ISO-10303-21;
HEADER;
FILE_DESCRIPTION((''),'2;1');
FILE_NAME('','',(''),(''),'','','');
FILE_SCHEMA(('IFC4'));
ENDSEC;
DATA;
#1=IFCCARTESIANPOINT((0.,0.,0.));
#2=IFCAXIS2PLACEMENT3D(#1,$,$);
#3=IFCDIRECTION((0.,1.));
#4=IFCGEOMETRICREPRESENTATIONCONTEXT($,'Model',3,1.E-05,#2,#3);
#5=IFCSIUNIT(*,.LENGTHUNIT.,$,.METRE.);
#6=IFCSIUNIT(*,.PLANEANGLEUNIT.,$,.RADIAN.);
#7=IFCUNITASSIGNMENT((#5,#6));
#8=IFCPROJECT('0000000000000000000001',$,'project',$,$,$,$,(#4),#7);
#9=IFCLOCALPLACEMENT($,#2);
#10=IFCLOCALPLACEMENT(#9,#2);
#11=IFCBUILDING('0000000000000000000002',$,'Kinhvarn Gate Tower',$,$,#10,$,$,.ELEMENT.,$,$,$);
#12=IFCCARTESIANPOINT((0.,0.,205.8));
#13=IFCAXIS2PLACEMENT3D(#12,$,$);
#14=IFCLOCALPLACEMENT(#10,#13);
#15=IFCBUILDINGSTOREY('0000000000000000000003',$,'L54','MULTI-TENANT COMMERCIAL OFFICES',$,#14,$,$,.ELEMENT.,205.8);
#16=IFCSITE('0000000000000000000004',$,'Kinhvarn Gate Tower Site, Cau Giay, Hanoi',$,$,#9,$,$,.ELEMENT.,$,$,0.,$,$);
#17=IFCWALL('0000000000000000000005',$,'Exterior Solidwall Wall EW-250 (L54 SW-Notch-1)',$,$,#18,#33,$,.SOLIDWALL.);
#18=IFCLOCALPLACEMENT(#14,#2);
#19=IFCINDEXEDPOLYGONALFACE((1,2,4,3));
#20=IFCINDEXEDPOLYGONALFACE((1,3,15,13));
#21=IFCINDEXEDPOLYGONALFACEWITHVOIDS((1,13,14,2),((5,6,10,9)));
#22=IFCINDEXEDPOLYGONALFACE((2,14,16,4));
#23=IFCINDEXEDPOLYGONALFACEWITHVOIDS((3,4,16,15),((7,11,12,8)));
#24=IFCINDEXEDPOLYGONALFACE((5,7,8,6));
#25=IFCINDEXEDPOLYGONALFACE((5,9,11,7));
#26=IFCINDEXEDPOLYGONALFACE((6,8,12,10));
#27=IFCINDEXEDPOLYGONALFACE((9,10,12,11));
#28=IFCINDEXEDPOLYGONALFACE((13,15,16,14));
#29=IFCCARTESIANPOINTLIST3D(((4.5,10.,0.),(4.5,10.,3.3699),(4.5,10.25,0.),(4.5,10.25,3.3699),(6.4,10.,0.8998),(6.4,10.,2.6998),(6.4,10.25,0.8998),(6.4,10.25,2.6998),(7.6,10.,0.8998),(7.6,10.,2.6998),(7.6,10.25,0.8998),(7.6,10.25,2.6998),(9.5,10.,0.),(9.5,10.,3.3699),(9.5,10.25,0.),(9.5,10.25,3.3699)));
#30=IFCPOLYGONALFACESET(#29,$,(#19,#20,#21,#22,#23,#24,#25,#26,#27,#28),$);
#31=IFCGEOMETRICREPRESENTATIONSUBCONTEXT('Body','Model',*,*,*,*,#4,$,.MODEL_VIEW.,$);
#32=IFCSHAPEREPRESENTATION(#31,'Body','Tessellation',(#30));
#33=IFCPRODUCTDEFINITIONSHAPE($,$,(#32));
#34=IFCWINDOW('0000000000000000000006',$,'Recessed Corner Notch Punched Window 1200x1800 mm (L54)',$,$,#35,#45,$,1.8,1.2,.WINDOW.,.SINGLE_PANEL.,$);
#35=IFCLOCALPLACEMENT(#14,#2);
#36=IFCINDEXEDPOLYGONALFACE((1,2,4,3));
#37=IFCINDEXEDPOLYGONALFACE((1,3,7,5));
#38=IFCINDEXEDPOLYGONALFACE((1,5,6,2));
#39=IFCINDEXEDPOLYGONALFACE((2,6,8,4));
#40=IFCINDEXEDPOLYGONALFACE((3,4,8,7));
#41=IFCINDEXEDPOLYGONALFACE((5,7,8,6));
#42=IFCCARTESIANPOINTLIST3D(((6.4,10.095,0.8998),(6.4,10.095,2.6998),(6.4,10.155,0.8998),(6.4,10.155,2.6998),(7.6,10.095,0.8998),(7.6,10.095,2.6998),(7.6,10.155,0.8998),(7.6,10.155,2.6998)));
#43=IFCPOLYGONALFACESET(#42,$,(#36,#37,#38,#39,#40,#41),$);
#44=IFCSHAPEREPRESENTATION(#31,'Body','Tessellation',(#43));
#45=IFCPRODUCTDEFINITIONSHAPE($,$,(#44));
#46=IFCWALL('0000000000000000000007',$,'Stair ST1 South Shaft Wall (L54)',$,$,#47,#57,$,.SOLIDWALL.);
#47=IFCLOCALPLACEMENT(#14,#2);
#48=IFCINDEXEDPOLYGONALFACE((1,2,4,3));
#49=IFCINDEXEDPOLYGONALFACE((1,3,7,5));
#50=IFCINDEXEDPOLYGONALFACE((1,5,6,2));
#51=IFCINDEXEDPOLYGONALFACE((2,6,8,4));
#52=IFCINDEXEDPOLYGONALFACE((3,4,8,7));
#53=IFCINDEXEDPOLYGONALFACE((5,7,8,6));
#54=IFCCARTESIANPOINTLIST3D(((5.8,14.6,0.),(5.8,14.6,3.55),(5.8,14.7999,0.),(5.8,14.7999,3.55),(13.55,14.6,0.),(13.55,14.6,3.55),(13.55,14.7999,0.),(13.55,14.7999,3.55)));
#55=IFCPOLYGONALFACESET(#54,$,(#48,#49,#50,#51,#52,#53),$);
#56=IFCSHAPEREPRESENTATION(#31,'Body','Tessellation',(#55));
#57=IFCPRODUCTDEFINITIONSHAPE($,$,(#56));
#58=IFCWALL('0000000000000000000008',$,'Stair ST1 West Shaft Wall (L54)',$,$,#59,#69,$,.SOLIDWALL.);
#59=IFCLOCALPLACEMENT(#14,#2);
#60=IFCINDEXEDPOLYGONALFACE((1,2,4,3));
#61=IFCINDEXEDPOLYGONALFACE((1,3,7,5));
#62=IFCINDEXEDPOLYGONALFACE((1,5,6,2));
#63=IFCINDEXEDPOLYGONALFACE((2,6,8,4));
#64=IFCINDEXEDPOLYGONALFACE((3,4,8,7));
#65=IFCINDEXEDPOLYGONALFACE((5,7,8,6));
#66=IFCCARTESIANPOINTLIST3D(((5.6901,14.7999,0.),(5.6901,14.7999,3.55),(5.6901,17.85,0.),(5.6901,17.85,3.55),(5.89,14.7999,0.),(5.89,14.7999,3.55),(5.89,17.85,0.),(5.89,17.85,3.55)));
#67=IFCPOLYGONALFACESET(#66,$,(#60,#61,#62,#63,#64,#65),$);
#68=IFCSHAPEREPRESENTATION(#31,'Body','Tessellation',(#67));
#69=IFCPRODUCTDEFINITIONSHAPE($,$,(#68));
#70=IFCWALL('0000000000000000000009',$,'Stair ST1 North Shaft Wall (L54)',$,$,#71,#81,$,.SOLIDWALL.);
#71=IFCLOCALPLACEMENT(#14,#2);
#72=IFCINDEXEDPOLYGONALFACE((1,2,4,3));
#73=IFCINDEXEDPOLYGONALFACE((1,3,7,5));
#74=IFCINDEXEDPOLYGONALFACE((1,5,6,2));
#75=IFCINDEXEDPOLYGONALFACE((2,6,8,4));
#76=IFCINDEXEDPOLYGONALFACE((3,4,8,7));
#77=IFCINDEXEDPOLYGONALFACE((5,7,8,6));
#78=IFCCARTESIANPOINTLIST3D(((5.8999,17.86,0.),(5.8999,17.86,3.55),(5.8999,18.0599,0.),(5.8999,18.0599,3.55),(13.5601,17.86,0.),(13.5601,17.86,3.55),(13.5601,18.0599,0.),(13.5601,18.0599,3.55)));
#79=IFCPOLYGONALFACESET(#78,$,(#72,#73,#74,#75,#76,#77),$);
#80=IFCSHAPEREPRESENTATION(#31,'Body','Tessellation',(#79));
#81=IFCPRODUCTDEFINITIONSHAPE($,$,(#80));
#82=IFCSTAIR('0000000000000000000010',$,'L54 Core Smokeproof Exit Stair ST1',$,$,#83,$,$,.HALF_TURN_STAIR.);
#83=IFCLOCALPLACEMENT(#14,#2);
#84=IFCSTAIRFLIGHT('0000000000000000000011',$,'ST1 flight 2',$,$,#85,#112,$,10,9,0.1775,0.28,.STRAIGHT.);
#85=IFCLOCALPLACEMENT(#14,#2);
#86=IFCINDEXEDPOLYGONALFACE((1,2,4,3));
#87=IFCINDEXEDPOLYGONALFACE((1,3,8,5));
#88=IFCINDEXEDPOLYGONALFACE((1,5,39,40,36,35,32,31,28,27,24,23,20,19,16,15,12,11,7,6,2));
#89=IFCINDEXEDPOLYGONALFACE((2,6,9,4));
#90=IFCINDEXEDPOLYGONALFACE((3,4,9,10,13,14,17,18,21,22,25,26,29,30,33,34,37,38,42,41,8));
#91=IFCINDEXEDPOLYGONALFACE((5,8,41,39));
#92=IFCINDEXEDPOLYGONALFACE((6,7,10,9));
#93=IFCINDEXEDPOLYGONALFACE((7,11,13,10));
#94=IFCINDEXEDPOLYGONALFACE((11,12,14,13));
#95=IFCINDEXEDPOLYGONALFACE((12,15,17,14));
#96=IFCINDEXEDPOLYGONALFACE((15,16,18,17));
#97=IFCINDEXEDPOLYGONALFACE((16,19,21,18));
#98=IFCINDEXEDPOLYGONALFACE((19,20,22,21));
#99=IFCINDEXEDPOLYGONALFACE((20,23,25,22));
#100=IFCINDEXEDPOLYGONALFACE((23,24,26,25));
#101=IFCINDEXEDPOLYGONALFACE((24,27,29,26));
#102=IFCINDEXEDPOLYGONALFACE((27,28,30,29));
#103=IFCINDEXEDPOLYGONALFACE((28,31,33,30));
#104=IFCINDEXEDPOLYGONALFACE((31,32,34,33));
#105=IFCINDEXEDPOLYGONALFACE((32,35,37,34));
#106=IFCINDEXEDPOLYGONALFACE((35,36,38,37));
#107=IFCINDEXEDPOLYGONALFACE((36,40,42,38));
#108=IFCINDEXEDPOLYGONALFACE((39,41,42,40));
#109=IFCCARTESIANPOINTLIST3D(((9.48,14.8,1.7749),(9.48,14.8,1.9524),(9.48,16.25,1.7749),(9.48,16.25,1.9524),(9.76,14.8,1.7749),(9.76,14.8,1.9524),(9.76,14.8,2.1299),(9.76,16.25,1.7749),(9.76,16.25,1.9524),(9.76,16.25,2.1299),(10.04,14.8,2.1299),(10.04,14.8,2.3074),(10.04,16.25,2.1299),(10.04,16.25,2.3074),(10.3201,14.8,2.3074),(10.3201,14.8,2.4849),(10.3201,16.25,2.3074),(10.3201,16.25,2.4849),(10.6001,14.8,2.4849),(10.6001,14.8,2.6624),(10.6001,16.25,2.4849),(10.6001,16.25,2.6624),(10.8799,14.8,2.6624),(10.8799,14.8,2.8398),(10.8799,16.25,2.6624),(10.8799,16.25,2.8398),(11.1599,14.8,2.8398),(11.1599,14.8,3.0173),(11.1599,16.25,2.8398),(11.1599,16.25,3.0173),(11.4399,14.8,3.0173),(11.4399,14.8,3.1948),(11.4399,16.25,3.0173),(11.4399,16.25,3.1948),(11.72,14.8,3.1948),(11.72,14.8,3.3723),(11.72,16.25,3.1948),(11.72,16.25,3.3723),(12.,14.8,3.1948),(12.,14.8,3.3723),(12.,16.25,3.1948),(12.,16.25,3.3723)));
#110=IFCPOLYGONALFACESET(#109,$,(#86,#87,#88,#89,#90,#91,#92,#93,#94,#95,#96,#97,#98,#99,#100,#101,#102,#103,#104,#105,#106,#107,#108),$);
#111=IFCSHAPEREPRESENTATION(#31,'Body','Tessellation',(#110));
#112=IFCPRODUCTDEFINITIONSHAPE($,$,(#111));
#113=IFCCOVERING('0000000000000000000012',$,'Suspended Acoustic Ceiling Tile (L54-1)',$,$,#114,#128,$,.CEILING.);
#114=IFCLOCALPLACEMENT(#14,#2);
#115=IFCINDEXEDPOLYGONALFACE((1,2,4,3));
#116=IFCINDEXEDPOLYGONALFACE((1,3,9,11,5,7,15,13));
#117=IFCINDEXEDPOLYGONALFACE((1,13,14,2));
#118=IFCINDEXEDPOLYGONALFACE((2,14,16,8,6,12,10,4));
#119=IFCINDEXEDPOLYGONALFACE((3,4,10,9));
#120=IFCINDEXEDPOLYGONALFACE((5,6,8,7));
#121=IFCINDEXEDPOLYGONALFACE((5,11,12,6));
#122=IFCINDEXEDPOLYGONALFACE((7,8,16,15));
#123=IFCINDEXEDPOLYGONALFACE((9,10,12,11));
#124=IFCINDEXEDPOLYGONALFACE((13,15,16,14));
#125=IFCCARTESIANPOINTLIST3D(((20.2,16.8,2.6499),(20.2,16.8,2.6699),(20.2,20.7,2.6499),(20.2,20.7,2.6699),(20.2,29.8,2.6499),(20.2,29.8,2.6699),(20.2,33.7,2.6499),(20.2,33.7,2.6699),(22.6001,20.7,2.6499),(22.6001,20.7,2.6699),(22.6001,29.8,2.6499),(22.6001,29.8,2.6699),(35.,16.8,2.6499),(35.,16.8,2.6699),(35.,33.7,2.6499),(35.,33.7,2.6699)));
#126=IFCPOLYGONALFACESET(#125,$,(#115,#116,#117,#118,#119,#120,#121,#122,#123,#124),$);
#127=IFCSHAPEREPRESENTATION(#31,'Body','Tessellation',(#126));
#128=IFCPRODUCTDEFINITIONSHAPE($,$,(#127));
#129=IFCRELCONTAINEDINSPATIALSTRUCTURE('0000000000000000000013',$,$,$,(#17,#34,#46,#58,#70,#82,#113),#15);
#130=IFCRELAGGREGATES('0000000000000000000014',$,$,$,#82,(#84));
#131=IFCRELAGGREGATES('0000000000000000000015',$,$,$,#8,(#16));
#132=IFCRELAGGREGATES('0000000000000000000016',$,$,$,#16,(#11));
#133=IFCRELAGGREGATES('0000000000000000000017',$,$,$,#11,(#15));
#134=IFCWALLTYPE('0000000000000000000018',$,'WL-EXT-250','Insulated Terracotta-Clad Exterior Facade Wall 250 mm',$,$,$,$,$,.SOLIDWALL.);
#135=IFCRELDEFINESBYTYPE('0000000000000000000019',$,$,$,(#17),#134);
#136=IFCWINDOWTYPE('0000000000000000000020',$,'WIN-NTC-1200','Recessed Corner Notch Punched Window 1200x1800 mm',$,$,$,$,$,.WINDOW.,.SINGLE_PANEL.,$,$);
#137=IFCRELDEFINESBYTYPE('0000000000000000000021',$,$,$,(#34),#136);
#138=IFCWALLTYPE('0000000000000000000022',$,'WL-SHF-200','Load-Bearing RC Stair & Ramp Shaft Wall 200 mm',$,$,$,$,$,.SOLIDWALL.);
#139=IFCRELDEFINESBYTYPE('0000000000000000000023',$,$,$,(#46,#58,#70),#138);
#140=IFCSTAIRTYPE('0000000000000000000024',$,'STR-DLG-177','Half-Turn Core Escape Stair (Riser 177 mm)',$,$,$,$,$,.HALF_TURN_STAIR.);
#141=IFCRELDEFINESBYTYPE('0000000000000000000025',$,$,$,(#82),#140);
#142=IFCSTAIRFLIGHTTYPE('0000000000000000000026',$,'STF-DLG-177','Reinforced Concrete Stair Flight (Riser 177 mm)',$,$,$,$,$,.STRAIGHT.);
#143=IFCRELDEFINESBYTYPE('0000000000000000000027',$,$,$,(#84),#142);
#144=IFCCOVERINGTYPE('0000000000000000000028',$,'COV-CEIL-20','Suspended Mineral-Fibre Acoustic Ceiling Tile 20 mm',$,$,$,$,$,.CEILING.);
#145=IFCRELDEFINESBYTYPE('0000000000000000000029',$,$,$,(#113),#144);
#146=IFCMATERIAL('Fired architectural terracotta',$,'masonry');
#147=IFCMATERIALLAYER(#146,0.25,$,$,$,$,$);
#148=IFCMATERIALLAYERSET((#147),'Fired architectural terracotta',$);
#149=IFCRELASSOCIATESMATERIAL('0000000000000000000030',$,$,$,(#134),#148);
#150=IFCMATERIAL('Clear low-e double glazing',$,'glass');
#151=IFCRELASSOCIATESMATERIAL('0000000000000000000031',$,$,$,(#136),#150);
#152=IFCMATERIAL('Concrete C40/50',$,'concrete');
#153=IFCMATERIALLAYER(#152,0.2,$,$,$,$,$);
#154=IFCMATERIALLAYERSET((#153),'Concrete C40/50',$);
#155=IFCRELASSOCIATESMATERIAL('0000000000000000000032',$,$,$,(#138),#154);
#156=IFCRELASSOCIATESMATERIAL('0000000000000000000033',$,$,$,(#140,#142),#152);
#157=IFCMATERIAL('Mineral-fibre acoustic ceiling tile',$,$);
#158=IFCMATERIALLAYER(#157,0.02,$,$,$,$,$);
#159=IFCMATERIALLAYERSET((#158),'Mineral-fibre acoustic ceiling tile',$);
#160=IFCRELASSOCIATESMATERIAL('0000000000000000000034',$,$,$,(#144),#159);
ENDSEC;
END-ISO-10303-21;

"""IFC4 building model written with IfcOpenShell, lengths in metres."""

from ifc_helpers import new_model, si_unit, direction, frame, frame_2d, origin, place, context, subcontext, project, spatial, polyline, rectangle, outline, extrude, material, layer, layer_set, type_object, element, fill, aggregate, save


model = new_model("IFC4")

# Units and contexts
model_context = context("Model", 3, precision=1e-05, world=origin(), true_north=direction((0.0, 1.0)))
body_context = subcontext(model_context, "Body", "Model", "MODEL_VIEW")
ifc_project = project(units=[si_unit("LENGTHUNIT", "METRE"), si_unit("PLANEANGLEUNIT", "RADIAN")], contexts=[model_context])

# Site, building, storey
site_placement = place(None, origin())
site = spatial("IfcSite", under=ifc_project, at=site_placement, Name="Kinhvarn Gate Tower Site, Cau Giay, Hanoi", CompositionType="ELEMENT", RefElevation=0.0)
building_placement = place(site_placement, origin())
building = spatial("IfcBuilding", under=site, at=building_placement, Name="Kinhvarn Gate Tower", CompositionType="ELEMENT")
storey_placement = place(building_placement, frame((0.0, 0.0, 205.8)))
storey = spatial("IfcBuildingStorey", under=building, at=storey_placement, Name="L54", Description="MULTI-TENANT COMMERCIAL OFFICES", CompositionType="ELEMENT", Elevation=205.8)

# Wall, opening, window
ifc_material_1 = material(Name="Fired architectural terracotta", Category="masonry")
ifc_layer_1 = layer(ifc_material_1, 0.25)
ifc_layer_set_1 = layer_set([ifc_layer_1], Name="Fired architectural terracotta")
wall_type_1 = type_object("IfcWallType", Name="WL-EXT-250", Description="Insulated Terracotta-Clad Exterior Facade Wall 250 mm", PredefinedType="SOLIDWALL", material=ifc_layer_set_1)
ifc_material_2 = material(Name="Clear low-e double glazing", Category="glass")
wall_1_placement = place(storey_placement, frame((4.5, 10.125, 0.0), z_axis=(0.0, 0.0, 1.0), x_axis=(1.0, 0.0, 0.0)))
wall_1 = element("IfcWall", 1, at=wall_1_placement, inside=storey, type_object=wall_type_1, Name="Exterior Solidwall Wall EW-250 (L54 SW-Notch-1)", PredefinedType="SOLIDWALL", context=body_context, shape_type="SweptSolid", body=[
    extrude(rectangle(XDim=5.0, YDim=0.25, at=frame_2d((2.5, 0.0))), origin(), (0.0, 0.0, 1.0), 3.3699),
])
opening_1_placement = place(wall_1_placement, frame((1.8999, 0.0, 0.8999)))
opening_1 = element("IfcOpeningElement", 2, at=opening_1_placement, cuts=wall_1, PredefinedType="OPENING", context=body_context, shape_type="SweptSolid", body=[
    extrude(rectangle(XDim=1.2, YDim=1.8, at=frame_2d((0.6001, 0.8999))), frame((0.0, 0.135, 0.0), z_axis=(0.0, -1.0, 0.0), x_axis=(1.0, 0.0, 0.0)), (0.0, 0.0, 1.0), 0.27),
])
window_type_1 = type_object("IfcWindowType", Name="WIN-NTC-1200", Description="Recessed Corner Notch Punched Window 1200x1800 mm", PartitioningType="SINGLE_PANEL", PredefinedType="WINDOW", material=ifc_material_2)
window_1_placement = place(opening_1_placement, origin())
window_1 = element("IfcWindow", 3, at=window_1_placement, inside=storey, type_object=window_type_1, Name="Recessed Corner Notch Punched Window 1200x1800 mm (L54)", OverallHeight=1.8, OverallWidth=1.2, PartitioningType="SINGLE_PANEL", PredefinedType="WINDOW", context=body_context, shape_type="SweptSolid", body=[
    extrude(rectangle(XDim=1.2, YDim=1.8, at=frame_2d((0.6001, 0.8999))), frame((0.0, 0.03, 0.0), z_axis=(0.0, -1.0, 0.0), x_axis=(1.0, 0.0, 0.0)), (0.0, 0.0, 1.0), 0.0601),
])
fill(opening_1, window_1)

# Walls
ifc_material_3 = material(Name="Concrete C40/50", Category="concrete")
ifc_layer_2 = layer(ifc_material_3, 0.2)
ifc_layer_set_2 = layer_set([ifc_layer_2], Name="Concrete C40/50")
wall_type_2 = type_object("IfcWallType", Name="WL-SHF-200", Description="Load-Bearing RC Stair & Ramp Shaft Wall 200 mm", PredefinedType="SOLIDWALL", material=ifc_layer_set_2)
wall_2_placement = place(storey_placement, frame((5.8, 14.7, 0.0), z_axis=(0.0, 0.0, 1.0), x_axis=(1.0, 0.0, 0.0)))
element("IfcWall", 4, at=wall_2_placement, inside=storey, type_object=wall_type_2, Name="Stair ST1 South Shaft Wall (L54)", PredefinedType="SOLIDWALL", context=body_context, shape_type="SweptSolid", body=[
    extrude(rectangle(XDim=7.75, YDim=0.2, at=frame_2d((3.875, 0.0))), origin(), (0.0, 0.0, 1.0), 3.55),
])
wall_3_placement = place(storey_placement, frame((5.79, 14.8, 0.0), z_axis=(0.0, 0.0, 1.0), x_axis=(0.0, 1.0, 0.0)))
element("IfcWall", 5, at=wall_3_placement, inside=storey, type_object=wall_type_2, Name="Stair ST1 West Shaft Wall (L54)", PredefinedType="SOLIDWALL", context=body_context, shape_type="SweptSolid", body=[
    extrude(rectangle(XDim=3.05, YDim=0.2, at=frame_2d((1.5249, 0.0))), origin(), (0.0, 0.0, 1.0), 3.55),
])
wall_4_placement = place(storey_placement, frame((5.8999, 17.96, 0.0), z_axis=(0.0, 0.0, 1.0), x_axis=(1.0, 0.0, 0.0)))
element("IfcWall", 6, at=wall_4_placement, inside=storey, type_object=wall_type_2, Name="Stair ST1 North Shaft Wall (L54)", PredefinedType="SOLIDWALL", context=body_context, shape_type="SweptSolid", body=[
    extrude(rectangle(XDim=7.6602, YDim=0.2, at=frame_2d((3.8301, 0.0))), origin(), (0.0, 0.0, 1.0), 3.55),
])

# Stair, stair flight
stair_type = type_object("IfcStairType", Name="STR-DLG-177", Description="Half-Turn Core Escape Stair (Riser 177 mm)", PredefinedType="HALF_TURN_STAIR", material=ifc_material_3)
stair_placement = place(storey_placement, origin())
stair = element("IfcStair", 7, at=stair_placement, inside=storey, type_object=stair_type, Name="L54 Core Smokeproof Exit Stair ST1", PredefinedType="HALF_TURN_STAIR")
stair_flight_type = type_object("IfcStairFlightType", Name="STF-DLG-177", Description="Reinforced Concrete Stair Flight (Riser 177 mm)", PredefinedType="STRAIGHT", material=ifc_material_3)
stair_flight_placement = place(storey_placement, frame((9.48, 15.5249, 1.7749), z_axis=(0.0, 0.0, 1.0), x_axis=(1.0, 0.0, 0.0)))
stair_flight = element("IfcStairFlight", 8, at=stair_flight_placement, type_object=stair_flight_type, Name="ST1 flight 2", NumberOfRisers=10, NumberOfTreads=9, PredefinedType="STRAIGHT", RiserHeight=0.1775, TreadLength=0.28, context=body_context, shape_type="SweptSolid", body=[
    extrude(outline(polyline([(0.0, 0.0), (0.0, 0.1775), (0.28, 0.1775), (0.28, 0.355), (0.5601, 0.355), (0.5601, 0.5325), (0.8401, 0.5325), (0.8401, 0.71), (1.1201, 0.71), (1.1201, 0.8875), (1.3999, 0.8875), (1.3999, 1.0649), (1.6799, 1.0649), (1.6799, 1.2424), (1.96, 1.2424), (1.96, 1.4199), (2.24, 1.4199), (2.24, 1.5974), (2.52, 1.5974), (2.52, 1.7749), (2.52, 1.4199), (0.28, 0.0), (0.0, 0.0)])), frame((0.0, 0.7251, 0.0), z_axis=(0.0, -1.0, 0.0), x_axis=(1.0, 0.0, 0.0)), (0.0, 0.0, 1.0), 1.45),
])
aggregate(stair, [stair_flight])

# Covering
ifc_material_4 = material(Name="Mineral-fibre acoustic ceiling tile")
ifc_layer_3 = layer(ifc_material_4, 0.02)
ifc_layer_set_3 = layer_set([ifc_layer_3], Name="Mineral-fibre acoustic ceiling tile")
covering_type = type_object("IfcCoveringType", Name="COV-CEIL-20", Description="Suspended Mineral-Fibre Acoustic Ceiling Tile 20 mm", PredefinedType="CEILING", material=ifc_layer_set_3)
covering_placement = place(storey_placement, frame((0.0, 0.0, 2.6499)))
element("IfcCovering", 9, at=covering_placement, inside=storey, type_object=covering_type, Name="Suspended Acoustic Ceiling Tile (L54-1)", PredefinedType="CEILING", context=body_context, shape_type="SweptSolid", body=[
    extrude(outline(polyline([(35.0, 33.7), (35.0, 16.8), (20.2, 16.8), (20.2, 20.7), (22.6001, 20.7), (22.6001, 29.8), (20.2, 29.8), (20.2, 33.7), (35.0, 33.7)])), origin(), (0.0, 0.0, 1.0), 0.02),
])

save(model, "model.ifc")
